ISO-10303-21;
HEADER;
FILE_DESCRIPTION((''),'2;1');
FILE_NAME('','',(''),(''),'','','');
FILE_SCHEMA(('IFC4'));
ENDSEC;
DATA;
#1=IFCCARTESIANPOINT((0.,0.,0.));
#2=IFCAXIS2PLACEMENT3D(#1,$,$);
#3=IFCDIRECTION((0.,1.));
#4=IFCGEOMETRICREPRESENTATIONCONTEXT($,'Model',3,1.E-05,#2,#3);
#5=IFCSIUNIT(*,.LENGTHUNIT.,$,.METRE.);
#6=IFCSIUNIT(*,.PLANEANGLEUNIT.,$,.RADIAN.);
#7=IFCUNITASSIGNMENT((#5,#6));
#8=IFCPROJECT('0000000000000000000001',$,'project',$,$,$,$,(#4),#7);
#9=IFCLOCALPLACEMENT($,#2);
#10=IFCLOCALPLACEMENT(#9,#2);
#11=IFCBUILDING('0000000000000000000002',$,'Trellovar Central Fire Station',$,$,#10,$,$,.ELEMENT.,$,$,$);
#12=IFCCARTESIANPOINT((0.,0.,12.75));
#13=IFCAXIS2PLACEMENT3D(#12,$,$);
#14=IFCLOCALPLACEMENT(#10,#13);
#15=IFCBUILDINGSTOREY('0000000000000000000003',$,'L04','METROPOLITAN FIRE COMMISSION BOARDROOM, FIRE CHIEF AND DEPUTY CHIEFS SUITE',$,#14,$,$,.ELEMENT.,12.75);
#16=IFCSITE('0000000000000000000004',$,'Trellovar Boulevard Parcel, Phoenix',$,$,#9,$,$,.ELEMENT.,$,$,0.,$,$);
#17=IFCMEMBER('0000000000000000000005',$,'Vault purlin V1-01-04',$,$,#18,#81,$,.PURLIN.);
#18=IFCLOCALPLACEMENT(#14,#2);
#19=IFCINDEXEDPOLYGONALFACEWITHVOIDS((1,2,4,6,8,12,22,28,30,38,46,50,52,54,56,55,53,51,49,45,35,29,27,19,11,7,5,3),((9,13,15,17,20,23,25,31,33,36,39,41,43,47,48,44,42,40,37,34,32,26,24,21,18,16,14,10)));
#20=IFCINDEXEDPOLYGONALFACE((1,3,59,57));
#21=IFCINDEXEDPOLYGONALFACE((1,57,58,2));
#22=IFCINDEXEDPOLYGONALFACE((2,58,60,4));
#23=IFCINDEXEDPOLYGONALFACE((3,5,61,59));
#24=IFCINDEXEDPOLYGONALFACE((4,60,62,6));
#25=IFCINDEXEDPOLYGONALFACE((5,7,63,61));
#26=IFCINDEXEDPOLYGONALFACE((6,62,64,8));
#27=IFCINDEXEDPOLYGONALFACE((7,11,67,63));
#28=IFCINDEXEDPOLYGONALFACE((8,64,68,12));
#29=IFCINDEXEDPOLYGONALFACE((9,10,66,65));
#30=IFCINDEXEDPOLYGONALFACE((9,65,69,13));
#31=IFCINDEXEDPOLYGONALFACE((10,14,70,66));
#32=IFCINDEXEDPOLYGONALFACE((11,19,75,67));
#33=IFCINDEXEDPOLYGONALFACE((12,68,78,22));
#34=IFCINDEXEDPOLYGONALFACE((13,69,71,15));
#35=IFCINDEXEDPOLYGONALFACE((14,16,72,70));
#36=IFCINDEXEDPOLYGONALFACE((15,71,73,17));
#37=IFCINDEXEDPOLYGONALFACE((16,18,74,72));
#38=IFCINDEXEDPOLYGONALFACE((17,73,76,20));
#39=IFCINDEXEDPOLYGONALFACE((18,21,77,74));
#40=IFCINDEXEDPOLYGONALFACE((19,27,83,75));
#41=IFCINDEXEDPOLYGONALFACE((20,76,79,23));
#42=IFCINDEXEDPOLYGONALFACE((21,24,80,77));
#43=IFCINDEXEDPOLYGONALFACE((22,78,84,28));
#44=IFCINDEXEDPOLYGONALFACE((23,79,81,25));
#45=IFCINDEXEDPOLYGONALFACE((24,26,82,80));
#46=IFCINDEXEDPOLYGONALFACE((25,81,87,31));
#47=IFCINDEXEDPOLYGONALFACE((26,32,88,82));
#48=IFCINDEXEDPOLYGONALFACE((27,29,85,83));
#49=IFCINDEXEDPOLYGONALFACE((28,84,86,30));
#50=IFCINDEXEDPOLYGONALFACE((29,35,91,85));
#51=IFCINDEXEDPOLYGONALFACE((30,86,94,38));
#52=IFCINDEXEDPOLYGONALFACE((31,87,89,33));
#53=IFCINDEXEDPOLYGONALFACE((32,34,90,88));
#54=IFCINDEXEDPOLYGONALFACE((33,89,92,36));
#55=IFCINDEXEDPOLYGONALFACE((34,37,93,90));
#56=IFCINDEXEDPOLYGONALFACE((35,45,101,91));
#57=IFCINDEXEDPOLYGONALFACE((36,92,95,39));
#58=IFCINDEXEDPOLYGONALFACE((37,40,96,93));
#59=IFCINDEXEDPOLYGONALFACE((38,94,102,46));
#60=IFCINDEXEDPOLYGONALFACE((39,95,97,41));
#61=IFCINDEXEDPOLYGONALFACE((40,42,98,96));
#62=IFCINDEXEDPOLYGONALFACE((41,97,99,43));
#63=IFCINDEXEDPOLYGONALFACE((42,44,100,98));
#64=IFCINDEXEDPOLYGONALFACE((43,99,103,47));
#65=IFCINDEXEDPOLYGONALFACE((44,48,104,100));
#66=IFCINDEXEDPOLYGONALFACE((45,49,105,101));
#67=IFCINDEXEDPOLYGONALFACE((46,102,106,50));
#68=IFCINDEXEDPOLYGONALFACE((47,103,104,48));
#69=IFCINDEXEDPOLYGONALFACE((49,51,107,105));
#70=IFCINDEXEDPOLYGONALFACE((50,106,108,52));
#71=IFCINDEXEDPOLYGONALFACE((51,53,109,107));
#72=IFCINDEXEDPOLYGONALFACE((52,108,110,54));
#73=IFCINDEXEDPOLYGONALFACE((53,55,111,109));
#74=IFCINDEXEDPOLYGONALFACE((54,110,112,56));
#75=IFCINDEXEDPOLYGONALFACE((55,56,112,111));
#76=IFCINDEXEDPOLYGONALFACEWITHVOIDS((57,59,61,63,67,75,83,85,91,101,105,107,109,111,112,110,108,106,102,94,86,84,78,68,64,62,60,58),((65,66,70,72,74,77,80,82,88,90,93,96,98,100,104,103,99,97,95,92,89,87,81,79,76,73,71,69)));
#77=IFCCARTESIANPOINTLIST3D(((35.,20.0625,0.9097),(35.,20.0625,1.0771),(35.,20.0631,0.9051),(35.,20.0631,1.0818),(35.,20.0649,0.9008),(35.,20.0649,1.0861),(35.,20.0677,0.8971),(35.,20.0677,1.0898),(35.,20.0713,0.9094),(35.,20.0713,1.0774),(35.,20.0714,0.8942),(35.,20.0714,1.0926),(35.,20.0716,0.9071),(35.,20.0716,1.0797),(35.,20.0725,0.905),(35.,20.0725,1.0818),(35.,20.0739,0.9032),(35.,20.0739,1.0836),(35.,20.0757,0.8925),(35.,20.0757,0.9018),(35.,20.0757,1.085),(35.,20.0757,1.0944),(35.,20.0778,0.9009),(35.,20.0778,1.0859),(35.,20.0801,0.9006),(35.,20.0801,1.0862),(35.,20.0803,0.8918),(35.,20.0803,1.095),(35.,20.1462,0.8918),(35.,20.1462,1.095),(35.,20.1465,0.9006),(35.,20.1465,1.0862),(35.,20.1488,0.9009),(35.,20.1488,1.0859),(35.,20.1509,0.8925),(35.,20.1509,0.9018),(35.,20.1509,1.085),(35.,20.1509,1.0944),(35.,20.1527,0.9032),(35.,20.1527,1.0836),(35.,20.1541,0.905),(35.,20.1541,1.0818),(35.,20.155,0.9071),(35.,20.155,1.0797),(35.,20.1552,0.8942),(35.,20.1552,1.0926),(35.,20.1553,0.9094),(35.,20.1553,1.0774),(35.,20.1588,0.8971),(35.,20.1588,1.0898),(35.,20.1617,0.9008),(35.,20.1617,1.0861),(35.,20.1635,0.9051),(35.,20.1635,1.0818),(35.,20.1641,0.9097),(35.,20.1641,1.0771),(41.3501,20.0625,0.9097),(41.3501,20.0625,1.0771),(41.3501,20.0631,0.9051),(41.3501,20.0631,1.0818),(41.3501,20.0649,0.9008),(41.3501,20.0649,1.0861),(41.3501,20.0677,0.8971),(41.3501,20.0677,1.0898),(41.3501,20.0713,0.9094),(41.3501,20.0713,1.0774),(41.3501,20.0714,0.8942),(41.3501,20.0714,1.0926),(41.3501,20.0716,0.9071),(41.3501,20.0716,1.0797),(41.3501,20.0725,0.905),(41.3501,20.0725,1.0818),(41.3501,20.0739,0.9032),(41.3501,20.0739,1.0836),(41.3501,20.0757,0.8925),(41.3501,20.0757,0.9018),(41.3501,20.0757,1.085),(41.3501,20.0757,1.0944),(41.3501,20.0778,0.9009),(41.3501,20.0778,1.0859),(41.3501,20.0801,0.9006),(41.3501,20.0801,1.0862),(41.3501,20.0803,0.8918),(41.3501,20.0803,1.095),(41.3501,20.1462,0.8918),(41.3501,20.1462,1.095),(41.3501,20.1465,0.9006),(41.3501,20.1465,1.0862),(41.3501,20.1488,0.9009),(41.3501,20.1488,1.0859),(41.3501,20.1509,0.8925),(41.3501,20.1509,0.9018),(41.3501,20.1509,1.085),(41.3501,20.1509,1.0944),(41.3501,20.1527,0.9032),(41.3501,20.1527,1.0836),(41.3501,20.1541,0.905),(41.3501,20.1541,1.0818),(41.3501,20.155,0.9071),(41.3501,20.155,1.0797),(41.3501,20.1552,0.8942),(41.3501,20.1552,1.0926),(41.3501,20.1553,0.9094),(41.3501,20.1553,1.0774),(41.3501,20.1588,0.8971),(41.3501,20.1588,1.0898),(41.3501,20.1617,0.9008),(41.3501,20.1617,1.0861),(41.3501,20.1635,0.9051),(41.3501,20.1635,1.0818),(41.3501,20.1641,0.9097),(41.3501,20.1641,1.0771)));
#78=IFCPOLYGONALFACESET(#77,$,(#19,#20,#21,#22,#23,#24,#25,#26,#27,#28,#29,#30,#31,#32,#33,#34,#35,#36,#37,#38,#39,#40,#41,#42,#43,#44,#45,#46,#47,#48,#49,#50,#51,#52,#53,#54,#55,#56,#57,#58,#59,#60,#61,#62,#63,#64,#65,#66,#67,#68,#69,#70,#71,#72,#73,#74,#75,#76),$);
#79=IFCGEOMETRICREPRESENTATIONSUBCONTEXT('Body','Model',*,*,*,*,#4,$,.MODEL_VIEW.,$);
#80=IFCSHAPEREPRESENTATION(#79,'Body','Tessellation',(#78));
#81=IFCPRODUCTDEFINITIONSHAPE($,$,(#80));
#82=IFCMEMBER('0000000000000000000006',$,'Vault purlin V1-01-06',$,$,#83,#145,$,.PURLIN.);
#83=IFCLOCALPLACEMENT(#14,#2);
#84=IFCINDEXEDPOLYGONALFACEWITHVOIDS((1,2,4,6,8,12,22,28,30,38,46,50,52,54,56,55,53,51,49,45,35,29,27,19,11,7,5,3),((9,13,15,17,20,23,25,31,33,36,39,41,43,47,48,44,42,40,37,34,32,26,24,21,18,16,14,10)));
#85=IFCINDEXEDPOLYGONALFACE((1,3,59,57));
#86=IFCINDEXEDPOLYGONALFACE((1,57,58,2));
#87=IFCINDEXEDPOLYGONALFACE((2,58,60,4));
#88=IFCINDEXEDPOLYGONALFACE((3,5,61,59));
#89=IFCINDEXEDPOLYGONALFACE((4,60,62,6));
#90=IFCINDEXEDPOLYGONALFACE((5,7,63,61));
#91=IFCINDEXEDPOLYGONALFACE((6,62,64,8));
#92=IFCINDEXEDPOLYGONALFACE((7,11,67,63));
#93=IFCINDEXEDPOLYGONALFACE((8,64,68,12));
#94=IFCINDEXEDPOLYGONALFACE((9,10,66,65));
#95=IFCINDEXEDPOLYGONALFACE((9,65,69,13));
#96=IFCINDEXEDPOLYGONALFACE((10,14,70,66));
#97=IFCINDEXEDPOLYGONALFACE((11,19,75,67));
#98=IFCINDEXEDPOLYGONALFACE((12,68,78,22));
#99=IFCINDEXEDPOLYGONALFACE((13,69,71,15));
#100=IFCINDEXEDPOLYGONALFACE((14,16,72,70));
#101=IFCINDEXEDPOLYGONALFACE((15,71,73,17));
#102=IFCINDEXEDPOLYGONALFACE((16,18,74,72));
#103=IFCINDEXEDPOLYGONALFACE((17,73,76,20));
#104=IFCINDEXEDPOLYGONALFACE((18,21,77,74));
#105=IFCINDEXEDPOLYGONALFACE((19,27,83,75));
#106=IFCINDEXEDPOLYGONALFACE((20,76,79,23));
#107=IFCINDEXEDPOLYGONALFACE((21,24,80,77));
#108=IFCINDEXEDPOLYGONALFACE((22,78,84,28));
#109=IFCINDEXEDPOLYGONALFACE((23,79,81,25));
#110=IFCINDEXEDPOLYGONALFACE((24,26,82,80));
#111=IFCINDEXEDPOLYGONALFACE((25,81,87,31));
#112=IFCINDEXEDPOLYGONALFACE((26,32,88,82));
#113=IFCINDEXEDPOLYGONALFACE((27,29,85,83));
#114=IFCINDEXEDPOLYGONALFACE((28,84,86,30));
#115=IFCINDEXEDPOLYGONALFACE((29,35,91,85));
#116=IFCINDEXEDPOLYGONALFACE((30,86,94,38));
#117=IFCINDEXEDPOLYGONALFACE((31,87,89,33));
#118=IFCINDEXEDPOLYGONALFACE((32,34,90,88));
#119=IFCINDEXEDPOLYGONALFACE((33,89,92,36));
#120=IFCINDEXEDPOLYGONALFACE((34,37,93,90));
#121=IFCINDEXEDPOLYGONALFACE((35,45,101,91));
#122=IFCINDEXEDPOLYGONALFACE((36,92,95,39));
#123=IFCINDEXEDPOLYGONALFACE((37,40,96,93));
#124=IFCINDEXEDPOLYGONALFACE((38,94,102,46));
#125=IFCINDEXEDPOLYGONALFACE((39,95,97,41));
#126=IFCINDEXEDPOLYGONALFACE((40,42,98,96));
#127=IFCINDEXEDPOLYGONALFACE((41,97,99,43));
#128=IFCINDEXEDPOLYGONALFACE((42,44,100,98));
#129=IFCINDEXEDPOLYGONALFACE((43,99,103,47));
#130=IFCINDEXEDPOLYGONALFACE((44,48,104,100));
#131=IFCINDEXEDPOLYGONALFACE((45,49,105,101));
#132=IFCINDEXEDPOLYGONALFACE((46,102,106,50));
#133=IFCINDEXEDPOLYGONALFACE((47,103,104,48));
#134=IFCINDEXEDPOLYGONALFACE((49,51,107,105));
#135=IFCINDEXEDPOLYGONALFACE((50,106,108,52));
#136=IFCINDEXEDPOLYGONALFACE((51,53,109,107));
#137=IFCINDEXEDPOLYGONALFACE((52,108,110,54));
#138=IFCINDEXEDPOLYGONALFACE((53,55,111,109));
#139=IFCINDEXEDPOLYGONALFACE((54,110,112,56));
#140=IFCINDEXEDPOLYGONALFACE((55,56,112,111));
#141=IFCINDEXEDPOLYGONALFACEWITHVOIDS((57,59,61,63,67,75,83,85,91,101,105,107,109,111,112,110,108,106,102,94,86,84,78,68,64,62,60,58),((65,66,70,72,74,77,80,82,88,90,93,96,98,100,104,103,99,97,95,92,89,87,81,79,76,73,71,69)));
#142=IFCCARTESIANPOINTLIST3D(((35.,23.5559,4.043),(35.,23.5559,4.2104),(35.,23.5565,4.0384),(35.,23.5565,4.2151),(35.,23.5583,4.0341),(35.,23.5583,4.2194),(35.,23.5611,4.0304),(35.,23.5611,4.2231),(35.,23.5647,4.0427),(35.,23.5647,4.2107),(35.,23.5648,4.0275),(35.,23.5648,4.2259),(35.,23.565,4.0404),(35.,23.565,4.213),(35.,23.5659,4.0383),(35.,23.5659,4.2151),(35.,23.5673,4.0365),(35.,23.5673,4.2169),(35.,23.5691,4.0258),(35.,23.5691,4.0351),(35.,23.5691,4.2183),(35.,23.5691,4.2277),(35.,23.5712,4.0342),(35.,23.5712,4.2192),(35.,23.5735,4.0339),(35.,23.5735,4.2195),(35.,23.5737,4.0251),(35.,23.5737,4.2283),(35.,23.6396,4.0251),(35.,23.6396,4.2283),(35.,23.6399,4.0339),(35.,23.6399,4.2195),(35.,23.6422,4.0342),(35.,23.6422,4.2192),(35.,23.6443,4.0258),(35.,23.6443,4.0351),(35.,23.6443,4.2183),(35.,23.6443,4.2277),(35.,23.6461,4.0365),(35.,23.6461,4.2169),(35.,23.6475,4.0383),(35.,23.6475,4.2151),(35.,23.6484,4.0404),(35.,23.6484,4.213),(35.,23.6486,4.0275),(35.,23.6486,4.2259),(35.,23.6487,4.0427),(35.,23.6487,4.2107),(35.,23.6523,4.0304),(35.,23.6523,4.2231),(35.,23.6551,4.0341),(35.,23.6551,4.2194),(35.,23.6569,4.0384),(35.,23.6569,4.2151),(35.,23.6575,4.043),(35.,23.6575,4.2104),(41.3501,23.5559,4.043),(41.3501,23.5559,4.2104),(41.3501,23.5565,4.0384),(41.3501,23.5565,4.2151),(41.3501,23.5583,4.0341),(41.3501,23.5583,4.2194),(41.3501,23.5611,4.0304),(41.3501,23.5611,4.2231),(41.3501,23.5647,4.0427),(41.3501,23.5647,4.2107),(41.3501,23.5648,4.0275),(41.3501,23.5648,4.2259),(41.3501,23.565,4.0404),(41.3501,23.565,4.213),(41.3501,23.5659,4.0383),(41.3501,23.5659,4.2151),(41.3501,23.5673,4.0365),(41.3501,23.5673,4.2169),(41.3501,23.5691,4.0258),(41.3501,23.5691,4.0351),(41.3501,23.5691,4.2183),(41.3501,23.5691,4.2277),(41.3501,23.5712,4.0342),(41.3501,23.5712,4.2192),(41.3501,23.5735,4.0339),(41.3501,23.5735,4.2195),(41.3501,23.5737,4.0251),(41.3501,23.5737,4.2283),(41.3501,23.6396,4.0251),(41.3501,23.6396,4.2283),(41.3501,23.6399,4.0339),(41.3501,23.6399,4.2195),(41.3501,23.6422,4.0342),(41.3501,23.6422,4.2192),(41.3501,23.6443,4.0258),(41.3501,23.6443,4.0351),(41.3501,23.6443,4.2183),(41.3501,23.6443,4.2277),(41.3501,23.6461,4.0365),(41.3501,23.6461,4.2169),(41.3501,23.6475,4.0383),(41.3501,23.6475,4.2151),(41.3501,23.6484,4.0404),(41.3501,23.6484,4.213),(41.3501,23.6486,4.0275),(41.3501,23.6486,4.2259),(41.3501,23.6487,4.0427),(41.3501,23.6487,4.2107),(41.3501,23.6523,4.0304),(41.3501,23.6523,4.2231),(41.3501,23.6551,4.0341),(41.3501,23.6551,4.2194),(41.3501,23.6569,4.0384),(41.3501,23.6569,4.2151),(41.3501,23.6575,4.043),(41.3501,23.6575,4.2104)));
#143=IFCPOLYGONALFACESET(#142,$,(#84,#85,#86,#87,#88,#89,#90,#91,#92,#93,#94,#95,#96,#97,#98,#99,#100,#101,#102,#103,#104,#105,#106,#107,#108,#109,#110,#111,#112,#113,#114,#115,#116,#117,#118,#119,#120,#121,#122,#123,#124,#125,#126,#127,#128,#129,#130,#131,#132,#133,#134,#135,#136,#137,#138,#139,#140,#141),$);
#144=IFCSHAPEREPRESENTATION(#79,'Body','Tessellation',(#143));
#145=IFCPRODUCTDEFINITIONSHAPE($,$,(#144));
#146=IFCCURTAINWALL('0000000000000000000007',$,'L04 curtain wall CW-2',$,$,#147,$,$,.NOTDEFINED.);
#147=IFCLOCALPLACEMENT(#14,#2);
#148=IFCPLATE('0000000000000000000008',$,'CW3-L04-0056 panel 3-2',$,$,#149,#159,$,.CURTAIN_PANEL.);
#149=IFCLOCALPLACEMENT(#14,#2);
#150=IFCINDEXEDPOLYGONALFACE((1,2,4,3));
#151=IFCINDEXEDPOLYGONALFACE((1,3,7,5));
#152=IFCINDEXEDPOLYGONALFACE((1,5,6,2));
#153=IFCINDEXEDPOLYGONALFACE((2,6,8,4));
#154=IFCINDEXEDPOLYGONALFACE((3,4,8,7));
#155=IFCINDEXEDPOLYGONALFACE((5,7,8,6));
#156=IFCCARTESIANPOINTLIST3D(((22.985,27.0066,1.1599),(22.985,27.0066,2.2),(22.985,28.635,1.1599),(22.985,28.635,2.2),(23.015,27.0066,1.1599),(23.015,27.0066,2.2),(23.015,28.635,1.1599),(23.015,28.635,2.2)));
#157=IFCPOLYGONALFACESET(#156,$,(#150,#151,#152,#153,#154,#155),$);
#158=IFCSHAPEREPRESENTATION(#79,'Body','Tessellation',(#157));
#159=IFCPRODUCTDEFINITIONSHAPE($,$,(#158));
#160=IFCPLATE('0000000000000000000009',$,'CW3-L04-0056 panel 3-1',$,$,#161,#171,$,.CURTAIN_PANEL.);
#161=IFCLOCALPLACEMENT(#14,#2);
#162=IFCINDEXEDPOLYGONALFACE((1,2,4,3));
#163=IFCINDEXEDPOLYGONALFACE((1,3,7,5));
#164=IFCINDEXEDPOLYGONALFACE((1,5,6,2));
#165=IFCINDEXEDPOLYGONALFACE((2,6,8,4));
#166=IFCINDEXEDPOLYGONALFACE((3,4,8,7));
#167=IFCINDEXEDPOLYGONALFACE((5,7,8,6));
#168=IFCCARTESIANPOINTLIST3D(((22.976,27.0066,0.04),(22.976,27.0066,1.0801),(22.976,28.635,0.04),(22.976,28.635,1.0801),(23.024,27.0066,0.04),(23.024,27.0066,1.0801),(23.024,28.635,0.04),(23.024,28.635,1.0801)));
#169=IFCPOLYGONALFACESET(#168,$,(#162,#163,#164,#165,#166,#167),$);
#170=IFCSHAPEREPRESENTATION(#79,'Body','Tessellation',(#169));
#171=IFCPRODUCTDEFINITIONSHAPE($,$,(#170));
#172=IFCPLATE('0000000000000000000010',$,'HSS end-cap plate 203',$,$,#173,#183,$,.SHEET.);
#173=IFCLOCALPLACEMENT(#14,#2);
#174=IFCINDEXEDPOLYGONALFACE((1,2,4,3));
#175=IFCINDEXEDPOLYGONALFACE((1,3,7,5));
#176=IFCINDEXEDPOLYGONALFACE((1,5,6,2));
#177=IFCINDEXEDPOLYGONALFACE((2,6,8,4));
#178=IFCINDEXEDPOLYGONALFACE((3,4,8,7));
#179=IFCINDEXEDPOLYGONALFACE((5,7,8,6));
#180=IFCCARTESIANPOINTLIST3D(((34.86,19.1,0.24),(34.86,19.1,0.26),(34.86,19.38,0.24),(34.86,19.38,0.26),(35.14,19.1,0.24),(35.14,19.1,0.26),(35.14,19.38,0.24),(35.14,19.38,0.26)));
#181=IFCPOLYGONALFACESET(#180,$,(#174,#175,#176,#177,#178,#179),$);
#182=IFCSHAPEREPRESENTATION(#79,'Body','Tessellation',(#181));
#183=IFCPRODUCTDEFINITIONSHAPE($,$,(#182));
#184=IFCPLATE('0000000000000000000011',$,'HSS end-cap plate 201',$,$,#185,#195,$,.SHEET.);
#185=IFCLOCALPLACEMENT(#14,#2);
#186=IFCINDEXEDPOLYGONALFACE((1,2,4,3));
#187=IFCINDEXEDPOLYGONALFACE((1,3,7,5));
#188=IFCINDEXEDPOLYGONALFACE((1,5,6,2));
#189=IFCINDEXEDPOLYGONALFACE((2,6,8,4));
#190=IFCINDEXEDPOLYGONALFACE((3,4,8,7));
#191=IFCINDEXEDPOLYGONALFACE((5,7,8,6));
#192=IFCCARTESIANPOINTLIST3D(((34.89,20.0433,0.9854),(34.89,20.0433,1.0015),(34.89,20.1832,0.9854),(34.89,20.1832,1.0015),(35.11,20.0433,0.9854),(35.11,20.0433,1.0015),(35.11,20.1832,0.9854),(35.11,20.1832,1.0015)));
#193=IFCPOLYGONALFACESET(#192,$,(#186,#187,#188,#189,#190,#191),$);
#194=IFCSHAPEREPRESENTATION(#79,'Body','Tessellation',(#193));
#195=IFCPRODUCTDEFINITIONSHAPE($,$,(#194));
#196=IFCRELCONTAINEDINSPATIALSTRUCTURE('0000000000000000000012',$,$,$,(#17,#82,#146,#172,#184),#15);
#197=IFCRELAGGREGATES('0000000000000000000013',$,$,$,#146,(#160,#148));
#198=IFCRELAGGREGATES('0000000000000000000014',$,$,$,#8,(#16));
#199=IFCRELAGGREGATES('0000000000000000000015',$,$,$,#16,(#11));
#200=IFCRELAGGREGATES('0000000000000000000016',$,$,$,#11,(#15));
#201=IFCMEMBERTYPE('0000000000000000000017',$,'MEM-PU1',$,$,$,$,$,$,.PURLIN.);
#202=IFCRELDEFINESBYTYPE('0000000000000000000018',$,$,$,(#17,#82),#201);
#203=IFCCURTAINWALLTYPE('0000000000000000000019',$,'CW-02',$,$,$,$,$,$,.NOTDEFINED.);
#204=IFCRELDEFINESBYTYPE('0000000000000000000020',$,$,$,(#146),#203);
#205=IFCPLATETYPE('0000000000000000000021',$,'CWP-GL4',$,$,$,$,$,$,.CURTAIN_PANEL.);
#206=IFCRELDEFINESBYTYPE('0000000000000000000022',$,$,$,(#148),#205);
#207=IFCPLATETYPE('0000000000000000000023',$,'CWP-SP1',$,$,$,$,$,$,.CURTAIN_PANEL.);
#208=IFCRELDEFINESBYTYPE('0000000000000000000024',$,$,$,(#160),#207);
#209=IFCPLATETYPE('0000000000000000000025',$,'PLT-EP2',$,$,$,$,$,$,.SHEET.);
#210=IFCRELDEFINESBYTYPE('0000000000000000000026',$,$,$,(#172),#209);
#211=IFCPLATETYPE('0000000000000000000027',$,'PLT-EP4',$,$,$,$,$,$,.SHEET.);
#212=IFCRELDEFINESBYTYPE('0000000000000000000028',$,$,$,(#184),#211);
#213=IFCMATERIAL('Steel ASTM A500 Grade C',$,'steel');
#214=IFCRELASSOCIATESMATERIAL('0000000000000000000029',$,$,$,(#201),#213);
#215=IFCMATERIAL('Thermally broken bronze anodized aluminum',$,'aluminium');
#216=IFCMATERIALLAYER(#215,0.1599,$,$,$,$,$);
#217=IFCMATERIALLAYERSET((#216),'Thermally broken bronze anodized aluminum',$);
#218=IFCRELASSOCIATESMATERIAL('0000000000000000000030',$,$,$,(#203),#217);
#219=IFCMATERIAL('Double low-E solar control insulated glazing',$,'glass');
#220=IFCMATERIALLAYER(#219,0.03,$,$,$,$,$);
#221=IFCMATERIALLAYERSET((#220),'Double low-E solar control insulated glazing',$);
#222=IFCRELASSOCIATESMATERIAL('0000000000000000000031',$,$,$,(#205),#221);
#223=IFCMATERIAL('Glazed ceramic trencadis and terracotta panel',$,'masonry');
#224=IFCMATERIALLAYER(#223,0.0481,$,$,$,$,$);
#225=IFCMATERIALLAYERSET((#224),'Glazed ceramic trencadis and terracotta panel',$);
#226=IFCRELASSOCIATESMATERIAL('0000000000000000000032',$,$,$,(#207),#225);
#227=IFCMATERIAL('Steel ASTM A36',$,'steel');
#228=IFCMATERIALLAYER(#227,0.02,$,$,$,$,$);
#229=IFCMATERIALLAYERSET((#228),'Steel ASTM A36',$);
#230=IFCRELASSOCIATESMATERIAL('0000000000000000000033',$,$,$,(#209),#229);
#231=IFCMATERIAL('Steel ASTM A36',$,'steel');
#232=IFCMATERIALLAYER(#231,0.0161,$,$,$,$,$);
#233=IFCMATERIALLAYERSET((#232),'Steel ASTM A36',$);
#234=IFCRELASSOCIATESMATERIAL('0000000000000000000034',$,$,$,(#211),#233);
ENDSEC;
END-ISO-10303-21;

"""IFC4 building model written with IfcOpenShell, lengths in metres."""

from ifc_helpers import new_model, si_unit, direction, frame, origin, origin_2d, place, context, subcontext, project, spatial, rectangle, hollow_rectangle, extrude, material, layer, layer_set, material_profile, profile_set, type_object, element, aggregate, save


model = new_model("IFC4")

# Units and contexts
model_context = context("Model", 3, precision=1e-05, world=origin(), true_north=direction((0.0, 1.0)))
body_context = subcontext(model_context, "Body", "Model", "MODEL_VIEW")
ifc_project = project(units=[si_unit("LENGTHUNIT", "METRE"), si_unit("PLANEANGLEUNIT", "RADIAN")], contexts=[model_context])

# Site, building, storey
site_placement = place(None, origin())
site = spatial("IfcSite", under=ifc_project, at=site_placement, Name="Trellovar Boulevard Parcel, Phoenix", CompositionType="ELEMENT", RefElevation=0.0)
building_placement = place(site_placement, origin())
building = spatial("IfcBuilding", under=site, at=building_placement, Name="Trellovar Central Fire Station", CompositionType="ELEMENT")
storey_placement = place(building_placement, frame((0.0, 0.0, 12.75)))
storey = spatial("IfcBuildingStorey", under=building, at=storey_placement, Name="L04", Description="METROPOLITAN FIRE COMMISSION BOARDROOM, FIRE CHIEF AND DEPUTY CHIEFS SUITE", CompositionType="ELEMENT", Elevation=12.75)

# Members
ifc_material_1 = material(Name="Steel ASTM A500 Grade C", Category="steel")
ifc_material_profile_1 = material_profile(ifc_material_1, hollow_rectangle(XDim=0.1016, YDim=0.2031, WallThickness=0.0088, InnerFilletRadius=0.0088, OuterFilletRadius=0.0178, at=origin_2d()), Name="HSS8X4X3/8")
ifc_profile_set_1 = profile_set([ifc_material_profile_1], Name="Steel ASTM A500 Grade C")
member_type_1 = type_object("IfcMemberType", Name="MEM-PU1", PredefinedType="PURLIN", material=ifc_profile_set_1)
for number, where, z_axis, x_axis, name in (
    (1, (35.0, 20.1133, 0.9934), (1.0, 0.0, 0.0), (0.0, 1.0, 0.0), "Vault purlin V1-01-04"),
    (2, (35.0, 23.6067, 4.1267), (1.0, 0.0, 0.0), (0.0, 1.0, 0.0), "Vault purlin V1-01-06"),
):
    element("IfcMember", number, at=place(storey_placement, frame(where, z_axis=z_axis, x_axis=x_axis)), inside=storey, type_object=member_type_1, Name=name, PredefinedType="PURLIN", context=body_context, shape_type="SweptSolid", body=[
        extrude(hollow_rectangle(XDim=0.1016, YDim=0.2031, WallThickness=0.0088, InnerFilletRadius=0.0088, OuterFilletRadius=0.0178, at=origin_2d()), origin(), (0.0, 0.0, 1.0), 6.3501),
    ])

# Curtain wall, plates
ifc_material_2 = material(Name="Thermally broken bronze anodized aluminum", Category="aluminium")
ifc_layer_1 = layer(ifc_material_2, 0.1599)
ifc_layer_set_1 = layer_set([ifc_layer_1], Name="Thermally broken bronze anodized aluminum")
curtain_wall_type = type_object("IfcCurtainWallType", Name="CW-02", PredefinedType="NOTDEFINED", material=ifc_layer_set_1)
curtain_wall_placement = place(storey_placement, origin())
curtain_wall = element("IfcCurtainWall", 3, at=curtain_wall_placement, inside=storey, type_object=curtain_wall_type, Name="L04 curtain wall CW-2", PredefinedType="NOTDEFINED")
ifc_material_3 = material(Name="Double low-E solar control insulated glazing", Category="glass")
ifc_layer_2 = layer(ifc_material_3, 0.03)
ifc_layer_set_2 = layer_set([ifc_layer_2], Name="Double low-E solar control insulated glazing")
plate_type_1 = type_object("IfcPlateType", Name="CWP-GL4", PredefinedType="CURTAIN_PANEL", material=ifc_layer_set_2)
plate_1_placement = place(storey_placement, frame((23.0, 27.8208, 1.1599), z_axis=(0.0, 0.0, 1.0), x_axis=(0.0, 1.0, 0.0)))
plate_1 = element("IfcPlate", 4, at=plate_1_placement, type_object=plate_type_1, Name="CW3-L04-0056 panel 3-2", PredefinedType="CURTAIN_PANEL", context=body_context, shape_type="SweptSolid", body=[
    extrude(rectangle(XDim=1.6284, YDim=0.03, at=origin_2d()), origin(), (0.0, 0.0, 1.0), 1.04),
])
ifc_material_4 = material(Name="Glazed ceramic trencadis and terracotta panel", Category="masonry")
ifc_layer_3 = layer(ifc_material_4, 0.0481)
ifc_layer_set_3 = layer_set([ifc_layer_3], Name="Glazed ceramic trencadis and terracotta panel")
plate_type_2 = type_object("IfcPlateType", Name="CWP-SP1", PredefinedType="CURTAIN_PANEL", material=ifc_layer_set_3)
plate_2_placement = place(storey_placement, frame((23.0, 27.8208, 0.04), z_axis=(0.0, 0.0, 1.0), x_axis=(0.0, 1.0, 0.0)))
plate_2 = element("IfcPlate", 5, at=plate_2_placement, type_object=plate_type_2, Name="CW3-L04-0056 panel 3-1", PredefinedType="CURTAIN_PANEL", context=body_context, shape_type="SweptSolid", body=[
    extrude(rectangle(XDim=1.6284, YDim=0.0481, at=origin_2d()), origin(), (0.0, 0.0, 1.0), 1.04),
])
aggregate(curtain_wall, [plate_2, plate_1])

# Plates
ifc_material_5 = material(Name="Steel ASTM A36", Category="steel")
ifc_layer_4 = layer(ifc_material_5, 0.02)
ifc_layer_set_4 = layer_set([ifc_layer_4], Name="Steel ASTM A36")
plate_type_3 = type_object("IfcPlateType", Name="PLT-EP2", PredefinedType="SHEET", material=ifc_layer_set_4)
plate_3_placement = place(storey_placement, frame((35.0, 19.24, 0.24), z_axis=(0.0, 0.0, 1.0), x_axis=(1.0, 0.0, 0.0)))
element("IfcPlate", 6, at=plate_3_placement, inside=storey, type_object=plate_type_3, Name="HSS end-cap plate 203", PredefinedType="SHEET", context=body_context, shape_type="SweptSolid", body=[
    extrude(rectangle(XDim=0.28, YDim=0.28, at=origin_2d()), origin(), (0.0, 0.0, 1.0), 0.02),
])
ifc_material_6 = material(Name="Steel ASTM A36", Category="steel")
ifc_layer_5 = layer(ifc_material_6, 0.0161)
ifc_layer_set_5 = layer_set([ifc_layer_5], Name="Steel ASTM A36")
plate_type_4 = type_object("IfcPlateType", Name="PLT-EP4", PredefinedType="SHEET", material=ifc_layer_set_5)
for number, where, z_axis, x_axis, name in (
    (7, (35.0, 20.1133, 0.9854), (0.0, 0.0, 1.0), (1.0, 0.0, 0.0), "HSS end-cap plate 201"),
):
    element("IfcPlate", number, at=place(storey_placement, frame(where, z_axis=z_axis, x_axis=x_axis)), inside=storey, type_object=plate_type_4, Name=name, PredefinedType="SHEET", context=body_context, shape_type="SweptSolid", body=[
        extrude(rectangle(XDim=0.22, YDim=0.1399, at=origin_2d()), origin(), (0.0, 0.0, 1.0), 0.0161),
    ])

save(model, "model.ifc")
